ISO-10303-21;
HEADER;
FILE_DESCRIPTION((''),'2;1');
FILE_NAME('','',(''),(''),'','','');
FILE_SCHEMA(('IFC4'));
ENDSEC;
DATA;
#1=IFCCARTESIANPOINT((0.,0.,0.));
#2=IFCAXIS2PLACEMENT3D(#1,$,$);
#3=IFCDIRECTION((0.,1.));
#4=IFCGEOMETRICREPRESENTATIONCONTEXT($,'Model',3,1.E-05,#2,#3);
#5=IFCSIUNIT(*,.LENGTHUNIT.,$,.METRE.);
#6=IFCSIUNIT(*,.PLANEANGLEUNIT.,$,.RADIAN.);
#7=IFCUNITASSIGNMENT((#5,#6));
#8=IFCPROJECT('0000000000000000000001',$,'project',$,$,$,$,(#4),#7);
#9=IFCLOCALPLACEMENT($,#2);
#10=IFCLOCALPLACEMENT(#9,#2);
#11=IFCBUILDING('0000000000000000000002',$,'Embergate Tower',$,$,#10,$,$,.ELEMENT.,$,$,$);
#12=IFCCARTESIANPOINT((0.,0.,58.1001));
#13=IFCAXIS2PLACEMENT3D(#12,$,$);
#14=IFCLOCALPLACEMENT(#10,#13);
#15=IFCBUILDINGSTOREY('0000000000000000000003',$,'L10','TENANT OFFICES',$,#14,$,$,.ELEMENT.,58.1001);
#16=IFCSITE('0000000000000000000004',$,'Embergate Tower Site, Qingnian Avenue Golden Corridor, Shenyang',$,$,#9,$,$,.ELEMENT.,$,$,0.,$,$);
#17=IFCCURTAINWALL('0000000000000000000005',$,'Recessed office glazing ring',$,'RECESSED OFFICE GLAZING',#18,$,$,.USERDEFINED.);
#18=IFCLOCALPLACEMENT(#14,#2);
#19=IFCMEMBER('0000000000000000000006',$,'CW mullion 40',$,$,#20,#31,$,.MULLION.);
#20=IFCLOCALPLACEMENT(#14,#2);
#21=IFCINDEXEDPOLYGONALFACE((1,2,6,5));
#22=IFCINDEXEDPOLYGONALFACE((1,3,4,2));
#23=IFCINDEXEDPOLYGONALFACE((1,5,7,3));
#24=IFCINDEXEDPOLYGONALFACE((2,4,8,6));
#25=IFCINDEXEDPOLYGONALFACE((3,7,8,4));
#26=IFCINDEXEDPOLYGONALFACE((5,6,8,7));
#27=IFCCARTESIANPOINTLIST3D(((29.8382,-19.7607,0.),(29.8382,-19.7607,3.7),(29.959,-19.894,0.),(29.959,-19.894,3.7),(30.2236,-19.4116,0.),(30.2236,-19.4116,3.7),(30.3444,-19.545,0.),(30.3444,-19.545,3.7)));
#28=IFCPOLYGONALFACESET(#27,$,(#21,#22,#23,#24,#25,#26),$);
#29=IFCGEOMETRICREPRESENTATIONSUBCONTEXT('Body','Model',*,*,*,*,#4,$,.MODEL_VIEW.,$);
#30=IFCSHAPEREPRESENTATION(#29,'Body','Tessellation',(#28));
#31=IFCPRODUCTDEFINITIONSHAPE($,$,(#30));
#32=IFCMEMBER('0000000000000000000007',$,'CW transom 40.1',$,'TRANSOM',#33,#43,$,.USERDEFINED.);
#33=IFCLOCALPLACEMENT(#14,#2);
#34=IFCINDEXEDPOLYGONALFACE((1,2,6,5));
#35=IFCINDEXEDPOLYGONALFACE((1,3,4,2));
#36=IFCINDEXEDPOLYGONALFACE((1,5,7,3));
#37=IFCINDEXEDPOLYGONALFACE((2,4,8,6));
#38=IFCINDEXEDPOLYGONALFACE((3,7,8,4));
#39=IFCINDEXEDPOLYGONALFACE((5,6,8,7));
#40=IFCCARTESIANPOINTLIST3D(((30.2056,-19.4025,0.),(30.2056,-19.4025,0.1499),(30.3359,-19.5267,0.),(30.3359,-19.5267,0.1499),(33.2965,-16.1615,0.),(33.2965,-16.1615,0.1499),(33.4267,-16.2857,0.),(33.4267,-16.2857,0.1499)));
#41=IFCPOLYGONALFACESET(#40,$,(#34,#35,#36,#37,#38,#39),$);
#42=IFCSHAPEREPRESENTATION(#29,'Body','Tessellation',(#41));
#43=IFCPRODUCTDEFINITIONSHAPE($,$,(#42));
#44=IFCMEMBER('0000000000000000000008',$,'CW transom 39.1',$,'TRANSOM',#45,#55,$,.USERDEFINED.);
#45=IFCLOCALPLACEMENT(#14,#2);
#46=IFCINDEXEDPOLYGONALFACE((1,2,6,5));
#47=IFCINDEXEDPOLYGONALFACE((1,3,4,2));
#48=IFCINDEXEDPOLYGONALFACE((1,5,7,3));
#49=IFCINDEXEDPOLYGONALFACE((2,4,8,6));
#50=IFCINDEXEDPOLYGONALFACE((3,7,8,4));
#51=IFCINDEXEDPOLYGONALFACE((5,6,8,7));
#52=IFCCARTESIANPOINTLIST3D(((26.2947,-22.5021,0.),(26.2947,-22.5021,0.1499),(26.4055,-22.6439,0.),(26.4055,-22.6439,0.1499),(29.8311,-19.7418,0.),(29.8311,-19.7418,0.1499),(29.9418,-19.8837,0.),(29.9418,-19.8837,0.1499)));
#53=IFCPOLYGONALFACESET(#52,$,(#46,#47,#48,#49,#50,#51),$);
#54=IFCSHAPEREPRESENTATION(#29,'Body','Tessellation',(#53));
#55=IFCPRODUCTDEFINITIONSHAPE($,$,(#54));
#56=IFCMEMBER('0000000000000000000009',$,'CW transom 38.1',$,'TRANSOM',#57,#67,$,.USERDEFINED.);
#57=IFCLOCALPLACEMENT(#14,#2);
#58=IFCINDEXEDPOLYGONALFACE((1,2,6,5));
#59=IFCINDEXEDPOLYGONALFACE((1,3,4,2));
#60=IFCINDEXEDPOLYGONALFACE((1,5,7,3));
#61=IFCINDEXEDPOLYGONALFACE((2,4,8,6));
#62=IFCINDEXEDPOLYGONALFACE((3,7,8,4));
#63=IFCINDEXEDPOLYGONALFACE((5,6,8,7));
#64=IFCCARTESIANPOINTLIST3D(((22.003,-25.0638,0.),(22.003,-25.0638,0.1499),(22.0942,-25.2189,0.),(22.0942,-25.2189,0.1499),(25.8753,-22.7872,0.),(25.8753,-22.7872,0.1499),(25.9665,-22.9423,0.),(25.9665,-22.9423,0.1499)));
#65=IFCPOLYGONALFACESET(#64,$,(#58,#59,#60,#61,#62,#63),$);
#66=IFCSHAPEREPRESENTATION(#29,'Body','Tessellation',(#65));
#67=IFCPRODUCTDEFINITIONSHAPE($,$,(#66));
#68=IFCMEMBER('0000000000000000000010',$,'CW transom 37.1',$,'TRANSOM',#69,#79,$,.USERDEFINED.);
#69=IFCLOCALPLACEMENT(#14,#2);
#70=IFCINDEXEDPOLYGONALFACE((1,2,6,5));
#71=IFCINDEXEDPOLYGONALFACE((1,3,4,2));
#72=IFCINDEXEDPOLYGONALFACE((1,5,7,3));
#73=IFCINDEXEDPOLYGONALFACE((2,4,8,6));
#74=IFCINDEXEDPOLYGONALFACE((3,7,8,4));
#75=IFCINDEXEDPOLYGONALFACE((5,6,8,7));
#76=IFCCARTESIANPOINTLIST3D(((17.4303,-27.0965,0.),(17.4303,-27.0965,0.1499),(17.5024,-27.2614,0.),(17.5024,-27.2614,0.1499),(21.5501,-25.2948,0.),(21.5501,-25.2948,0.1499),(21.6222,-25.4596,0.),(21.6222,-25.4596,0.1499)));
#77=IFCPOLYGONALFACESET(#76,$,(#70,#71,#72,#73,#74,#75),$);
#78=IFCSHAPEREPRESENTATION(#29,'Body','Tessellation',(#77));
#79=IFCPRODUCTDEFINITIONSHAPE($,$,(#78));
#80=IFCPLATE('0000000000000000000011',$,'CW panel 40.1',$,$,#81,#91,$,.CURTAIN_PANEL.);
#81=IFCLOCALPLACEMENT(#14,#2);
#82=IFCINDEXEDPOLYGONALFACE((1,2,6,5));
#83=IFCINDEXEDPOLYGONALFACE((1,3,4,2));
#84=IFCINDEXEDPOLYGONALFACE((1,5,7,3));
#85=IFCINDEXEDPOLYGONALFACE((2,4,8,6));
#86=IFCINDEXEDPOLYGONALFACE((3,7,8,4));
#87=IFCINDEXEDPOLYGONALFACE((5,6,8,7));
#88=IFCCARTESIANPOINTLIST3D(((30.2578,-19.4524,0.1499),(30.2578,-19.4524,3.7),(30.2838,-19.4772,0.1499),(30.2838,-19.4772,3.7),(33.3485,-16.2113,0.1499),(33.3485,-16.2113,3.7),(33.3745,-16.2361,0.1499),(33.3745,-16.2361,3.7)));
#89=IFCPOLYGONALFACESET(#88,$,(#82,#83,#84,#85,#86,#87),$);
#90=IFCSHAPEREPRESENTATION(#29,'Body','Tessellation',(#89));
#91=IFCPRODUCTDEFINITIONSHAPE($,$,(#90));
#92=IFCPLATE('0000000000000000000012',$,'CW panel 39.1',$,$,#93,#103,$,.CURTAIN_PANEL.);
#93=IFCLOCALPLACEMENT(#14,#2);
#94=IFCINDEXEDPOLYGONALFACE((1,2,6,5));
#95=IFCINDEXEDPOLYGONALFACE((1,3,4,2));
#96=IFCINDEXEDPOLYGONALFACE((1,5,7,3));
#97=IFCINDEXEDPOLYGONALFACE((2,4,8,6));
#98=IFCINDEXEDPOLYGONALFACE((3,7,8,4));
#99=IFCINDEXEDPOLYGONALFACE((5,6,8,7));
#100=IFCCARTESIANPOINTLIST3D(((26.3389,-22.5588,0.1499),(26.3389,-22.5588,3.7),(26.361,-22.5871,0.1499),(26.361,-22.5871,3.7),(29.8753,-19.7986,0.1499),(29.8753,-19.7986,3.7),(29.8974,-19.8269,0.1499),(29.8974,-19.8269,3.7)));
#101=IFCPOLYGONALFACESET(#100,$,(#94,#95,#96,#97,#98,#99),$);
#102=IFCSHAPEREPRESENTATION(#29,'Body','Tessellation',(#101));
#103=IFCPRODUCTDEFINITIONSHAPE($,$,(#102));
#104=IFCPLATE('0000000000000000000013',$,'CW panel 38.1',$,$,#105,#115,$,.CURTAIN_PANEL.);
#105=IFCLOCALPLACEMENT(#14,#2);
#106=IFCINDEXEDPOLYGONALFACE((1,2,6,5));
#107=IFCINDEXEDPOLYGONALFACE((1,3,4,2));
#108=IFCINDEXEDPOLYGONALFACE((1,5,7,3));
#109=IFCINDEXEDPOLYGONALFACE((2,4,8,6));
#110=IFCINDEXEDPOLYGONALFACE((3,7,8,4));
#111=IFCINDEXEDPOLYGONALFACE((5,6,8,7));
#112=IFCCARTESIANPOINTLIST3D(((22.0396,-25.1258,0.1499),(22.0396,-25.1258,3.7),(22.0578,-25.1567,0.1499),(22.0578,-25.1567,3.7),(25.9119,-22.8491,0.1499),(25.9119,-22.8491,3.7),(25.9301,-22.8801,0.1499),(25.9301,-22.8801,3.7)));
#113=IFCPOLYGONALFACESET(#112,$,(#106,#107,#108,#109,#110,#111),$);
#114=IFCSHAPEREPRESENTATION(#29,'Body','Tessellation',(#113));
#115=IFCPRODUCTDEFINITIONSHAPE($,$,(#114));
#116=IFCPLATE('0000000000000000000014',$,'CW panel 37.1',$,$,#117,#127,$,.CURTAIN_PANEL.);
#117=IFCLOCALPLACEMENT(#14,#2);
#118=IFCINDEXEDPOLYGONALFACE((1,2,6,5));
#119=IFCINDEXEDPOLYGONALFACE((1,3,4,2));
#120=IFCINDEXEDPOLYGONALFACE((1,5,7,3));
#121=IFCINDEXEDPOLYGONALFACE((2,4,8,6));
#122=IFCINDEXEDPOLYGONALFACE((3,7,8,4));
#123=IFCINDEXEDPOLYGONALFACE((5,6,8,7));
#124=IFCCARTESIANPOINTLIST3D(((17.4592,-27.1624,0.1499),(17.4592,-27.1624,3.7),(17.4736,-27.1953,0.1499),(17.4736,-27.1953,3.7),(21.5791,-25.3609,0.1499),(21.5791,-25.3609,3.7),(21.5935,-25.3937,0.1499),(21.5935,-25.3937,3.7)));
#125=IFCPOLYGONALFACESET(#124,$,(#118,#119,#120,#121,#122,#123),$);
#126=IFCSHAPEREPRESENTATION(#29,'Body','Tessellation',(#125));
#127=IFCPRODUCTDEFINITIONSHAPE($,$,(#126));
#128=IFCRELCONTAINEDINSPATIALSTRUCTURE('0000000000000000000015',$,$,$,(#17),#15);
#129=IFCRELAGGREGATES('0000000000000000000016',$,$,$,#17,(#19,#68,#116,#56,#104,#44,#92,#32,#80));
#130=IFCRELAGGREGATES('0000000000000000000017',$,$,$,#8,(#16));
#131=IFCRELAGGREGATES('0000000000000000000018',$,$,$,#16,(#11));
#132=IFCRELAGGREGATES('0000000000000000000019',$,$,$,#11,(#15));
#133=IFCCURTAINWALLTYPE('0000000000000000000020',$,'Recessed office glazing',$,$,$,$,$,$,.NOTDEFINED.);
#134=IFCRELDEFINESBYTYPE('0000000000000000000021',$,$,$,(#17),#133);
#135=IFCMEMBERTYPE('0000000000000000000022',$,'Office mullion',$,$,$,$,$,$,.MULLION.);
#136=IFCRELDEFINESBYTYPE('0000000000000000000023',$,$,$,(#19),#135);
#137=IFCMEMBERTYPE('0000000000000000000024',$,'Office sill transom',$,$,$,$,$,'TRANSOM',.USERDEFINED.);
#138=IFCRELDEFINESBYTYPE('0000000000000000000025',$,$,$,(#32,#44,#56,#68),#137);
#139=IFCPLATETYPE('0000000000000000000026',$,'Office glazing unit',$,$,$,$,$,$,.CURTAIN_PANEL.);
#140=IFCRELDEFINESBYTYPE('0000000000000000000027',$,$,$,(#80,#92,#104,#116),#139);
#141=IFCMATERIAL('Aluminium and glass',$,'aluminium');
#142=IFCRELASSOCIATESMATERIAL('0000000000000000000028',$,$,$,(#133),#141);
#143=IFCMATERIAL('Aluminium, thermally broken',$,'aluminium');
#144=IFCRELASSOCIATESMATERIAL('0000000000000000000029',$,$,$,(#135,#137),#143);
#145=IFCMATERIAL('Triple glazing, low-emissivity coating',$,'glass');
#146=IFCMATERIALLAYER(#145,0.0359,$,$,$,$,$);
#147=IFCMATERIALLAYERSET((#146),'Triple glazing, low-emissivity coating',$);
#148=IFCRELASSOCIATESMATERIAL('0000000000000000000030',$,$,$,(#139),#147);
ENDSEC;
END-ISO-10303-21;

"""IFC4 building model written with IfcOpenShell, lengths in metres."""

from ifc_helpers import new_model, si_unit, direction, frame, origin, origin_2d, place, context, subcontext, project, spatial, rectangle, extrude, source, transform, mapped, material, layer, layer_set, material_profile, profile_set, type_object, element, aggregate, save


model = new_model("IFC4")

# Units and contexts
model_context = context("Model", 3, precision=1e-05, world=origin(), true_north=direction((0.0, 1.0)))
body_context = subcontext(model_context, "Body", "Model", "MODEL_VIEW")
ifc_project = project(units=[si_unit("LENGTHUNIT", "METRE"), si_unit("PLANEANGLEUNIT", "RADIAN")], contexts=[model_context])

# Site, building, storey
site_placement = place(None, origin())
site = spatial("IfcSite", under=ifc_project, at=site_placement, Name="Embergate Tower Site, Qingnian Avenue Golden Corridor, Shenyang", CompositionType="ELEMENT", RefElevation=0.0)
building_placement = place(site_placement, origin())
building = spatial("IfcBuilding", under=site, at=building_placement, Name="Embergate Tower", CompositionType="ELEMENT")
storey_placement = place(building_placement, frame((0.0, 0.0, 58.1001)))
storey = spatial("IfcBuildingStorey", under=building, at=storey_placement, Name="L10", Description="TENANT OFFICES", CompositionType="ELEMENT", Elevation=58.1001)

# Curtain wall, members, plates
ifc_material_1 = material(Name="Aluminium and glass", Category="aluminium")
curtain_wall_type = type_object("IfcCurtainWallType", Name="Recessed office glazing", PredefinedType="NOTDEFINED", material=ifc_material_1)
curtain_wall_placement = place(storey_placement, origin())
curtain_wall = element("IfcCurtainWall", 1, at=curtain_wall_placement, inside=storey, type_object=curtain_wall_type, Name="Recessed office glazing ring", ObjectType="RECESSED OFFICE GLAZING", PredefinedType="USERDEFINED")
ifc_material_2 = material(Name="Aluminium, thermally broken", Category="aluminium")
ifc_material_profile_1 = material_profile(ifc_material_2, rectangle(XDim=0.1799, YDim=0.52, at=origin_2d()), Name="AL 520x180")
ifc_profile_set_1 = profile_set([ifc_material_profile_1], Name="Aluminium, thermally broken")
member_type_1 = type_object("IfcMemberType", Name="Office mullion", PredefinedType="MULLION", material=ifc_profile_set_1)
shared_shape_1 = source(origin(), body_context, "Body", "SweptSolid", [
    extrude(rectangle(XDim=0.1799, YDim=0.52, at=origin_2d()), origin(), (0.0, 0.0, 1.0), 3.7),
])
member_1_placement = place(storey_placement, frame((30.0913, -19.6528, 0.0), z_axis=(0.0, 0.0, 1.0), x_axis=(-0.671239, 0.741241, 0.0)))
member_1 = element("IfcMember", 2, at=member_1_placement, type_object=member_type_1, Name="CW mullion 40", PredefinedType="MULLION", context=body_context, shape_type="MappedRepresentation", body=[
    mapped(shared_shape_1, transform((0.0, 0.0, 0.0))),
])
ifc_material_profile_2 = material_profile(ifc_material_2, rectangle(XDim=0.1799, YDim=0.1499, at=origin_2d()), Name="AL 150x180")
ifc_profile_set_2 = profile_set([ifc_material_profile_2], Name="Aluminium, thermally broken")
member_type_2 = type_object("IfcMemberType", Name="Office sill transom", ElementType="TRANSOM", PredefinedType="USERDEFINED", material=ifc_profile_set_2)
shared_shape_2 = source(origin(), body_context, "Body", "SweptSolid", [
    extrude(rectangle(XDim=0.1799, YDim=0.1499, at=origin_2d()), origin(), (0.0, 0.0, 1.0), 4.4785),
])
member_2_placement = place(storey_placement, frame((30.2708, -19.4646, 0.075), z_axis=(0.690145, 0.723671, 0.0), x_axis=(-0.723671, 0.690145, 0.0)))
member_2 = element("IfcMember", 3, at=member_2_placement, type_object=member_type_2, Name="CW transom 40.1", ObjectType="TRANSOM", PredefinedType="USERDEFINED", context=body_context, shape_type="MappedRepresentation", body=[
    mapped(shared_shape_2, transform((0.0, 0.0, 0.0))),
])
shared_shape_3 = source(origin(), body_context, "Body", "SweptSolid", [
    extrude(rectangle(XDim=0.1799, YDim=0.1499, at=origin_2d()), origin(), (0.0, 0.0, 1.0), 4.4861),
])
member_3_placement = place(storey_placement, frame((26.3501, -22.573, 0.075), z_axis=(0.788299, 0.615292, 0.0), x_axis=(-0.615292, 0.788299, 0.0)))
member_3 = element("IfcMember", 4, at=member_3_placement, type_object=member_type_2, Name="CW transom 39.1", ObjectType="TRANSOM", PredefinedType="USERDEFINED", context=body_context, shape_type="MappedRepresentation", body=[
    mapped(shared_shape_3, transform((0.0, 0.0, 0.0))),
])
shared_shape_4 = source(origin(), body_context, "Body", "SweptSolid", [
    extrude(rectangle(XDim=0.1799, YDim=0.1499, at=origin_2d()), origin(), (0.0, 0.0, 1.0), 4.4919),
])
member_4_placement = place(storey_placement, frame((22.0486, -25.1414, 0.075), z_axis=(0.862053, 0.506818, 0.0), x_axis=(-0.506818, 0.862053, 0.0)))
member_4 = element("IfcMember", 5, at=member_4_placement, type_object=member_type_2, Name="CW transom 38.1", ObjectType="TRANSOM", PredefinedType="USERDEFINED", context=body_context, shape_type="MappedRepresentation", body=[
    mapped(shared_shape_4, transform((0.0, 0.0, 0.0))),
])
shared_shape_5 = source(origin(), body_context, "Body", "SweptSolid", [
    extrude(rectangle(XDim=0.1799, YDim=0.1499, at=origin_2d()), origin(), (0.0, 0.0, 1.0), 4.4966),
])
member_5_placement = place(storey_placement, frame((17.4663, -27.179, 0.075), z_axis=(0.916213, 0.400691, 0.0), x_axis=(-0.400691, 0.916213, 0.0)))
member_5 = element("IfcMember", 6, at=member_5_placement, type_object=member_type_2, Name="CW transom 37.1", ObjectType="TRANSOM", PredefinedType="USERDEFINED", context=body_context, shape_type="MappedRepresentation", body=[
    mapped(shared_shape_5, transform((0.0, 0.0, 0.0))),
])
ifc_material_3 = material(Name="Triple glazing, low-emissivity coating", Category="glass")
ifc_layer_1 = layer(ifc_material_3, 0.0359)
ifc_layer_set_1 = layer_set([ifc_layer_1], Name="Triple glazing, low-emissivity coating")
plate_type = type_object("IfcPlateType", Name="Office glazing unit", PredefinedType="CURTAIN_PANEL", material=ifc_layer_set_1)
shared_shape_6 = source(origin(), body_context, "Body", "SweptSolid", [
    extrude(rectangle(XDim=4.4785, YDim=0.0359, at=origin_2d()), origin(), (0.0, 0.0, 1.0), 3.55),
])
plate_1_placement = place(storey_placement, frame((31.8162, -17.8442, 0.1499), z_axis=(0.0, 0.0, 1.0), x_axis=(0.690125, 0.72369, 0.0)))
plate_1 = element("IfcPlate", 7, at=plate_1_placement, type_object=plate_type, Name="CW panel 40.1", PredefinedType="CURTAIN_PANEL", context=body_context, shape_type="MappedRepresentation", body=[
    mapped(shared_shape_6, transform((0.0, 0.0, 0.0))),
])
shared_shape_7 = source(origin(), body_context, "Body", "SweptSolid", [
    extrude(rectangle(XDim=4.4861, YDim=0.0359, at=origin_2d()), origin(), (0.0, 0.0, 1.0), 3.55),
])
plate_2_placement = place(storey_placement, frame((28.1182, -21.1929, 0.1499), z_axis=(0.0, 0.0, 1.0), x_axis=(0.788313, 0.615275, 0.0)))
plate_2 = element("IfcPlate", 8, at=plate_2_placement, type_object=plate_type, Name="CW panel 39.1", PredefinedType="CURTAIN_PANEL", context=body_context, shape_type="MappedRepresentation", body=[
    mapped(shared_shape_7, transform((0.0, 0.0, 0.0))),
])
shared_shape_8 = source(origin(), body_context, "Body", "SweptSolid", [
    extrude(rectangle(XDim=4.4919, YDim=0.0359, at=origin_2d()), origin(), (0.0, 0.0, 1.0), 3.55),
])
plate_3_placement = place(storey_placement, frame((23.9849, -24.0029, 0.1499), z_axis=(0.0, 0.0, 1.0), x_axis=(0.862048, 0.506827, 0.0)))
plate_3 = element("IfcPlate", 9, at=plate_3_placement, type_object=plate_type, Name="CW panel 38.1", PredefinedType="CURTAIN_PANEL", context=body_context, shape_type="MappedRepresentation", body=[
    mapped(shared_shape_8, transform((0.0, 0.0, 0.0))),
])
shared_shape_9 = source(origin(), body_context, "Body", "SweptSolid", [
    extrude(rectangle(XDim=4.4966, YDim=0.0359, at=origin_2d()), origin(), (0.0, 0.0, 1.0), 3.55),
])
plate_4_placement = place(storey_placement, frame((19.5264, -26.2781, 0.1499), z_axis=(0.0, 0.0, 1.0), x_axis=(0.916233, 0.400646, 0.0)))
plate_4 = element("IfcPlate", 10, at=plate_4_placement, type_object=plate_type, Name="CW panel 37.1", PredefinedType="CURTAIN_PANEL", context=body_context, shape_type="MappedRepresentation", body=[
    mapped(shared_shape_9, transform((0.0, 0.0, 0.0))),
])
aggregate(curtain_wall, [member_1, member_5, plate_4, member_4, plate_3, member_3, plate_2, member_2, plate_1])

save(model, "model.ifc")
